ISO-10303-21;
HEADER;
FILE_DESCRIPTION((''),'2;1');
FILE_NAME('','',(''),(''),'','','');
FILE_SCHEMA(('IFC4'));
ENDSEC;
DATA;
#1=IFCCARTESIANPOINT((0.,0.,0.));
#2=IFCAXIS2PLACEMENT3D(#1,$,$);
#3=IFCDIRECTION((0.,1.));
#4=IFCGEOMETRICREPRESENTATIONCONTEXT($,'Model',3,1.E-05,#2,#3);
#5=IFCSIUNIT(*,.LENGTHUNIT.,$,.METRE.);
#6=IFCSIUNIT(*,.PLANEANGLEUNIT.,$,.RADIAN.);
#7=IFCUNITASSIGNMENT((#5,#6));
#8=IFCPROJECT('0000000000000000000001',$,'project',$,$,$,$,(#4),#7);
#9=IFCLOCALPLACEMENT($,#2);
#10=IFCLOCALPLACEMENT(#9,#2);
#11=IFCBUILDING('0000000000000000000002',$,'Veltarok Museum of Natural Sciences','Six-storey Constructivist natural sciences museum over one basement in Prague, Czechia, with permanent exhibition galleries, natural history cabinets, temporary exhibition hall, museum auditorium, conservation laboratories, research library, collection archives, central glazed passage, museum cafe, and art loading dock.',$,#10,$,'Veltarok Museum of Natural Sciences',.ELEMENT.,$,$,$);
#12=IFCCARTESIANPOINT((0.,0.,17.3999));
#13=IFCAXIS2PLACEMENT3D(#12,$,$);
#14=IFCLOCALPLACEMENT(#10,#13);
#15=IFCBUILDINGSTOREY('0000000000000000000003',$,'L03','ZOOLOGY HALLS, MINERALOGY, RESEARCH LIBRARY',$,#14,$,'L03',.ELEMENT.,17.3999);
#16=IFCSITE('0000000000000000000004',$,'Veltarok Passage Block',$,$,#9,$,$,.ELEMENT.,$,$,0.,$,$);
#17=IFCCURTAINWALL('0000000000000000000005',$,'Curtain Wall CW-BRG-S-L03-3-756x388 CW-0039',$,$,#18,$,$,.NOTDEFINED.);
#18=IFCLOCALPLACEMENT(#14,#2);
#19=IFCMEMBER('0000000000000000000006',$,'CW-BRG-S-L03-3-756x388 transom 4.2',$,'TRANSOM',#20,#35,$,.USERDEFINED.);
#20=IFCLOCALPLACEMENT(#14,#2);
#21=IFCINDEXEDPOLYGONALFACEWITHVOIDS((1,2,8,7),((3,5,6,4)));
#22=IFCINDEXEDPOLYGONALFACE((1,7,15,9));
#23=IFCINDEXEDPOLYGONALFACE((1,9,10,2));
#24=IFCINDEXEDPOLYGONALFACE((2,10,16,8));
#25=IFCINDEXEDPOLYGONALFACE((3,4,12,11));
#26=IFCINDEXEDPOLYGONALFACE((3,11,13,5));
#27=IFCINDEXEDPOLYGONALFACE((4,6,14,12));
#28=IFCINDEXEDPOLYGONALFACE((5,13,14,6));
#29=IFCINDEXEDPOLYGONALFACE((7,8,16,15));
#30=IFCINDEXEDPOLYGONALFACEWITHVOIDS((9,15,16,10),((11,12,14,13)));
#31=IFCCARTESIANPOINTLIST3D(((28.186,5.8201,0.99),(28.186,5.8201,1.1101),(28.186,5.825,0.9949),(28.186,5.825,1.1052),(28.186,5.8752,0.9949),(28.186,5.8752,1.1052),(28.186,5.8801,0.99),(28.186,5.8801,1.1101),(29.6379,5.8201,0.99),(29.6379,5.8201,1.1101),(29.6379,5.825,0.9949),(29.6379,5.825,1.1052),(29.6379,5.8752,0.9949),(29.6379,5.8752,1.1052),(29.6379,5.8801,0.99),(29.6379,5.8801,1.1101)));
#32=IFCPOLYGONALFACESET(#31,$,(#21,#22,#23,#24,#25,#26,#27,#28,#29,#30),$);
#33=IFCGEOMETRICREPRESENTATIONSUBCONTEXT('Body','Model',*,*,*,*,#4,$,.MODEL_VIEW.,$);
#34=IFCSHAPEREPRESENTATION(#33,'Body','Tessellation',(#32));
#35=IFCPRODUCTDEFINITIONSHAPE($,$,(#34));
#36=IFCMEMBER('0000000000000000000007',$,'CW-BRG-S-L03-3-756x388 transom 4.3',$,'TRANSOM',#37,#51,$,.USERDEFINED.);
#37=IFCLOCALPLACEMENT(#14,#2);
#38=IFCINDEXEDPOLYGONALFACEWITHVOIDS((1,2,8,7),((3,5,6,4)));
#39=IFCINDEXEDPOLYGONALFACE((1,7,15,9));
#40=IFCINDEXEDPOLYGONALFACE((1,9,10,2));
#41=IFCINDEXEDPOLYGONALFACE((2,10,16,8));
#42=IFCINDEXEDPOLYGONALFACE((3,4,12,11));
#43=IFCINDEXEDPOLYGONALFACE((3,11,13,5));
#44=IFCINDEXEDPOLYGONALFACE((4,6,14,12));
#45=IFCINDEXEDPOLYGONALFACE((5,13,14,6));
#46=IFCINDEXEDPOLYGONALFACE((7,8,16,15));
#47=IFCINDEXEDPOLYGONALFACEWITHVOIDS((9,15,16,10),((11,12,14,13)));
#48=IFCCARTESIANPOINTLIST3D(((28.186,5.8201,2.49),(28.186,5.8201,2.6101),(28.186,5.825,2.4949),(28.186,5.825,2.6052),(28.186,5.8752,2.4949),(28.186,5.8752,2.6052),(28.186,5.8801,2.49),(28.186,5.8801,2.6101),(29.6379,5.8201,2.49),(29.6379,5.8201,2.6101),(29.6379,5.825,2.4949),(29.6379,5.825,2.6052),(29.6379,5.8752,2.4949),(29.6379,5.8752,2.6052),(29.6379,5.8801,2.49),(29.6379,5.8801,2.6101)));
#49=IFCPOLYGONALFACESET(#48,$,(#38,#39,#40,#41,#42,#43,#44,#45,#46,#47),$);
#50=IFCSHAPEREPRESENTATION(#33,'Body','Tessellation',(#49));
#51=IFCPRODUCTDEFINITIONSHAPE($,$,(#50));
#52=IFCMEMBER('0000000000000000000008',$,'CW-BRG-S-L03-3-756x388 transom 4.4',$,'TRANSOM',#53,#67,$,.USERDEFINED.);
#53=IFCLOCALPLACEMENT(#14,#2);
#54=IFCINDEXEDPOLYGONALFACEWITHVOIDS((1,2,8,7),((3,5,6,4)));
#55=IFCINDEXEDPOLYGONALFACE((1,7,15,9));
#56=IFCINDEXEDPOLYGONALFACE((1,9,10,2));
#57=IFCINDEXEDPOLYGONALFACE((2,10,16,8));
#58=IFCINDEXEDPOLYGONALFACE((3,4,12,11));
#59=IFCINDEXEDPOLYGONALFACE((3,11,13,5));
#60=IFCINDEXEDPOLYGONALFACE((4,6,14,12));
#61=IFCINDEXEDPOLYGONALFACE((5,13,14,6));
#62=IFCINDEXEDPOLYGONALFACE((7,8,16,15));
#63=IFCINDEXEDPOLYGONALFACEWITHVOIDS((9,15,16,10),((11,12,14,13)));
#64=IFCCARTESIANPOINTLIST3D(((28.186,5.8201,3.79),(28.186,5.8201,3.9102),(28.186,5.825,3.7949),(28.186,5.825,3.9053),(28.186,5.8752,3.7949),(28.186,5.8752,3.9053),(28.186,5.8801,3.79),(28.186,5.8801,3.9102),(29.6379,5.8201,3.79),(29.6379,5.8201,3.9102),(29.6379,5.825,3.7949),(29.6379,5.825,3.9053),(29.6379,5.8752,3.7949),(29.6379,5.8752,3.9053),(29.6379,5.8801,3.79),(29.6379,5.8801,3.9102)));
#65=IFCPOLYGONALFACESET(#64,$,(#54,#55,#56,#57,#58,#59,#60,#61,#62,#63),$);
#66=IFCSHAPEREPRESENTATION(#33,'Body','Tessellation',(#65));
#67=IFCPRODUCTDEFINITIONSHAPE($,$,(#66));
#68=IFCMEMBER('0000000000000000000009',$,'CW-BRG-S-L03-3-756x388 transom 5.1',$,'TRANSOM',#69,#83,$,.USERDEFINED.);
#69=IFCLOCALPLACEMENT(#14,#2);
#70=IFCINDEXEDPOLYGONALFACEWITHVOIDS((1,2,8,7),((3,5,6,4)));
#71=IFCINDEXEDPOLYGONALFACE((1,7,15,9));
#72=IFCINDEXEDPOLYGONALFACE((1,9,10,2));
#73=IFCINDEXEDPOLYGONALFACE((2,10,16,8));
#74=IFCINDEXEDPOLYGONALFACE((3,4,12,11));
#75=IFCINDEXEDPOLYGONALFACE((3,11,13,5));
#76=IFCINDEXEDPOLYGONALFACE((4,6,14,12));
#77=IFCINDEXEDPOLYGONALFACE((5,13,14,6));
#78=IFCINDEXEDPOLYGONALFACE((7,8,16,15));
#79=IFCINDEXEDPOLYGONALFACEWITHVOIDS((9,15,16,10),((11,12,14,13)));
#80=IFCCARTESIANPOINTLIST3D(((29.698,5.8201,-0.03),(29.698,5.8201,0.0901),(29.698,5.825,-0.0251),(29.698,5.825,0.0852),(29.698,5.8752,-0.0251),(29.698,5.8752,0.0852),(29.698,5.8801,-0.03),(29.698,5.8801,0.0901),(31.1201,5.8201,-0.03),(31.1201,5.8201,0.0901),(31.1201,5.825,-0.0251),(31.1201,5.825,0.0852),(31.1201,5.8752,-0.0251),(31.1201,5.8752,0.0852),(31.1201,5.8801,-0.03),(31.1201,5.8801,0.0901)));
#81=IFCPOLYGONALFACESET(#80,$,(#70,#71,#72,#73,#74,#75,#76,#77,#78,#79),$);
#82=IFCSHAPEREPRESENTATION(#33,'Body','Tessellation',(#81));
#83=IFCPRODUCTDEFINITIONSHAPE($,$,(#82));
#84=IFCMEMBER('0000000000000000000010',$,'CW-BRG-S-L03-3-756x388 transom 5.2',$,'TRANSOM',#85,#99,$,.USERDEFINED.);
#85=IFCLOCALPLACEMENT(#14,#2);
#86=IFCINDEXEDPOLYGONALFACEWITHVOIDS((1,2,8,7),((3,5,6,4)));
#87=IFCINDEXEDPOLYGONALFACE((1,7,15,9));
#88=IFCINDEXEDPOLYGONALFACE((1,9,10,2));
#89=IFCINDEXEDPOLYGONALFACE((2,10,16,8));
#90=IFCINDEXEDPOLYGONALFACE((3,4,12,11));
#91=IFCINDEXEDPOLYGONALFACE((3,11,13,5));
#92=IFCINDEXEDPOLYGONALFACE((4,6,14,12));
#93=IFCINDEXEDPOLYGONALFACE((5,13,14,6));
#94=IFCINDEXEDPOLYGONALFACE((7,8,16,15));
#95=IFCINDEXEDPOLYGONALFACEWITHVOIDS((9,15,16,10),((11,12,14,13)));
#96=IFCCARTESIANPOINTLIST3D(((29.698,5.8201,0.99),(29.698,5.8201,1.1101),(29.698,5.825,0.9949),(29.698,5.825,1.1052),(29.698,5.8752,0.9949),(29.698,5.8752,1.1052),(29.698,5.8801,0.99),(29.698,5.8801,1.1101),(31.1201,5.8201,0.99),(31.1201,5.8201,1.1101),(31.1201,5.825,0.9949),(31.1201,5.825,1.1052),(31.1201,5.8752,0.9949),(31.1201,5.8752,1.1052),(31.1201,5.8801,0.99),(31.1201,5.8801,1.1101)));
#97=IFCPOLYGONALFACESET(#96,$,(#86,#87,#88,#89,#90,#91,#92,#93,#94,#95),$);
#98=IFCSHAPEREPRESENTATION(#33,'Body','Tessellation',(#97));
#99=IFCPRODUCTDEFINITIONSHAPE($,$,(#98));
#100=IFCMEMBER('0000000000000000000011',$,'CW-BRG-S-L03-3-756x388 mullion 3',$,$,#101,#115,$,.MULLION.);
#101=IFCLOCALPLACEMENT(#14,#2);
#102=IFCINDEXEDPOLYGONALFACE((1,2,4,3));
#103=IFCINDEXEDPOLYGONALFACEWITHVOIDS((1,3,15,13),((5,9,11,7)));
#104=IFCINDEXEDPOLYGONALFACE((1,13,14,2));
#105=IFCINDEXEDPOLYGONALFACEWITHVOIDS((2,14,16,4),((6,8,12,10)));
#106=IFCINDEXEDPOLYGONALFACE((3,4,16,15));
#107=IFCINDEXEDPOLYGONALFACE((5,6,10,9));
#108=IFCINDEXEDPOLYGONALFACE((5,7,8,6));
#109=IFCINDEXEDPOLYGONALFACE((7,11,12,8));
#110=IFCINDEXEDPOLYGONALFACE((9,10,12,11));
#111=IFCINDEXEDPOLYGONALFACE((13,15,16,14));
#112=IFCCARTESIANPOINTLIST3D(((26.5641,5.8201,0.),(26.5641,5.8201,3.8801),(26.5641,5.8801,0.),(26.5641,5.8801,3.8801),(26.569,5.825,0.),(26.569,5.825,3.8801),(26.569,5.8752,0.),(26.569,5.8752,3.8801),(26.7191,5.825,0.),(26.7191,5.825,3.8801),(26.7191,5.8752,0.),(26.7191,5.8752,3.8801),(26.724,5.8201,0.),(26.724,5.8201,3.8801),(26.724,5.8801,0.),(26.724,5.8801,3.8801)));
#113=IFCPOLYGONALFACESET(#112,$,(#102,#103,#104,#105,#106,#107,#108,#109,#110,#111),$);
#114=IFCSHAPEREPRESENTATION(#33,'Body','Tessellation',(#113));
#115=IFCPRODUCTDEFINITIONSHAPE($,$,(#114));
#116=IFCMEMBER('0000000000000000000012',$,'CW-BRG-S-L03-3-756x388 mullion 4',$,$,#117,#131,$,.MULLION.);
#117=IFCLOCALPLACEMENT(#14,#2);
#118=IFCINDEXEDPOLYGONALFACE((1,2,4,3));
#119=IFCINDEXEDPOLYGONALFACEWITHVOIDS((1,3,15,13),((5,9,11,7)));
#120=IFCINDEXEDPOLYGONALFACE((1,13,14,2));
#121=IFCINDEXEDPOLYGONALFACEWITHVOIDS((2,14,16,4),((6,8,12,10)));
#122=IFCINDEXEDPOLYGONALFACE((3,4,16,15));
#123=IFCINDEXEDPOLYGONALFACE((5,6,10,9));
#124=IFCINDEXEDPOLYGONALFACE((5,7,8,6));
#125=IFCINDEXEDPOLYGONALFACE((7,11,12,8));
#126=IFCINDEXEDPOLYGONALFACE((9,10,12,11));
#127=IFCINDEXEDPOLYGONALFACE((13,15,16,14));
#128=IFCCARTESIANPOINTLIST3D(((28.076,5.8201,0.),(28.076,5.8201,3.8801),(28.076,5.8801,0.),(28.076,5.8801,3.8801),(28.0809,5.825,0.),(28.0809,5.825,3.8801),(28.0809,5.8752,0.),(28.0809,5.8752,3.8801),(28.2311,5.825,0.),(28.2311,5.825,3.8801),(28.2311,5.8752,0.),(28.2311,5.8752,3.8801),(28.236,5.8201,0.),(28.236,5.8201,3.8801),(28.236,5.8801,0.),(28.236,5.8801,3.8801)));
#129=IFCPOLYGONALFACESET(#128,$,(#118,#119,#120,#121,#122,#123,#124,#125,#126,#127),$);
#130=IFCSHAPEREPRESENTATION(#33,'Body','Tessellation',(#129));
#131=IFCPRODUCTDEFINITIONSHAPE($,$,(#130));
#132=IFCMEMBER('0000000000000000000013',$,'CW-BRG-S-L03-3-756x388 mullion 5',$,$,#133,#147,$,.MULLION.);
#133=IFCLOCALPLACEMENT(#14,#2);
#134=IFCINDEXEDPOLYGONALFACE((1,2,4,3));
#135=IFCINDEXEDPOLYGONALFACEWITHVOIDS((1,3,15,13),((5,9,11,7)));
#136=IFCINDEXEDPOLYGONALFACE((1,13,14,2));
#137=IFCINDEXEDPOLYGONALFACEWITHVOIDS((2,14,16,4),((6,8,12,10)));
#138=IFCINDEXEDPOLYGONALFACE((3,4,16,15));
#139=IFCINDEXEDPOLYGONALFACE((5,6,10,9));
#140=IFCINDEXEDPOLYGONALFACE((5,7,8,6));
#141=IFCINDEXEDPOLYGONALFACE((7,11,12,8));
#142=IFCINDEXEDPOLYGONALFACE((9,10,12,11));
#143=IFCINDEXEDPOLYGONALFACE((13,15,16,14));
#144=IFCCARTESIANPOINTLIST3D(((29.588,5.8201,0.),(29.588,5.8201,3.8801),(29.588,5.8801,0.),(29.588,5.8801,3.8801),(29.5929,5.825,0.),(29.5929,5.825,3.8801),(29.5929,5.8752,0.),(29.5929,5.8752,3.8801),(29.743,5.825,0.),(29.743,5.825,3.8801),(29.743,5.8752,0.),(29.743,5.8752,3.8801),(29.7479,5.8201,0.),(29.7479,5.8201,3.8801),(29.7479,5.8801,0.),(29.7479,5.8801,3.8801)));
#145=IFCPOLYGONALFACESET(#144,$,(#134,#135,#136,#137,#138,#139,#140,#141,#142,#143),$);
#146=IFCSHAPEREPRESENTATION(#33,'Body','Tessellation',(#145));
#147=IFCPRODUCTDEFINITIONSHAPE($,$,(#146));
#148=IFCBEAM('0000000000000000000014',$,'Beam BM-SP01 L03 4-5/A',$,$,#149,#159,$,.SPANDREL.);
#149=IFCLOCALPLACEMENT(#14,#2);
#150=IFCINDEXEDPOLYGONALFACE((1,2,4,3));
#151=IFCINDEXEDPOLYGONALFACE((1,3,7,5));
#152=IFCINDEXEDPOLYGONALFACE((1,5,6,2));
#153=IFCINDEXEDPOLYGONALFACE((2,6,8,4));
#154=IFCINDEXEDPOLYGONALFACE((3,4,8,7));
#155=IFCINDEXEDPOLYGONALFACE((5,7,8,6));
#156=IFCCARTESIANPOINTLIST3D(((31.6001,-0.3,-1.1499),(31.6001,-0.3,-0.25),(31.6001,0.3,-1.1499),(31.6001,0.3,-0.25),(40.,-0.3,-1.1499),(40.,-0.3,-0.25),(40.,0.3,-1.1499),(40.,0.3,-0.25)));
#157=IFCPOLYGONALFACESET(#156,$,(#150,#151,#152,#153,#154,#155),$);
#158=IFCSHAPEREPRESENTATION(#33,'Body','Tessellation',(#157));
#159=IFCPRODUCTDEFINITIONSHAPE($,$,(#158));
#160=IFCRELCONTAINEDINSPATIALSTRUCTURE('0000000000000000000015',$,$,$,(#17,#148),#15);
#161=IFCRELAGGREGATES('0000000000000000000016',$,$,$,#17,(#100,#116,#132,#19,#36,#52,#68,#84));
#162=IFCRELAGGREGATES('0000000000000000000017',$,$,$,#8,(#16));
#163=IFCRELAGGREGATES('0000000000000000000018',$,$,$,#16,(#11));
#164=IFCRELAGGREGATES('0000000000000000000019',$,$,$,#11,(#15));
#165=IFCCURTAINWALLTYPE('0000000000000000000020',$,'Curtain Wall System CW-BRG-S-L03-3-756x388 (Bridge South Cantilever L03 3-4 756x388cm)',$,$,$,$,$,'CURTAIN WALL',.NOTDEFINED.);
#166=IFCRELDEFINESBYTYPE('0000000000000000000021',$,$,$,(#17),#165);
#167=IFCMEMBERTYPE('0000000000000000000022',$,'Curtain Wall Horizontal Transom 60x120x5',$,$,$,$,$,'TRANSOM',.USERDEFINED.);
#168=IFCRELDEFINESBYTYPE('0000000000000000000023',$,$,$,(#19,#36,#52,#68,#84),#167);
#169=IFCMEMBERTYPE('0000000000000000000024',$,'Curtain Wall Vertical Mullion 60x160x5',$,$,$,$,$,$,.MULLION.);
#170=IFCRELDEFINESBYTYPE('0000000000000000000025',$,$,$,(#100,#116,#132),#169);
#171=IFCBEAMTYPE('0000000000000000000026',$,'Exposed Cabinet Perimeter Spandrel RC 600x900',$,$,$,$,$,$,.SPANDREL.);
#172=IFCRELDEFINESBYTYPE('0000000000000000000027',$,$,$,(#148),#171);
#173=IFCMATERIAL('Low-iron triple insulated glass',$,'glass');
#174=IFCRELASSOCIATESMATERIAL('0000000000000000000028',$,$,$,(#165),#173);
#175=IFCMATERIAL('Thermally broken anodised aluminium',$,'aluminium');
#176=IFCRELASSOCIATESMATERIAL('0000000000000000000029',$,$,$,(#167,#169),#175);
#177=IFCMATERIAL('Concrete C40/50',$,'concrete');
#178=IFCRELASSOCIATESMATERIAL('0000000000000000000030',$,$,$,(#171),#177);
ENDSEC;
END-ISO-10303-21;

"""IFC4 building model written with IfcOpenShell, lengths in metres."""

from ifc_helpers import new_model, si_unit, direction, frame, origin, origin_2d, place, context, subcontext, project, spatial, rectangle, hollow_rectangle, extrude, material, material_profile, profile_set, type_object, element, aggregate, save


model = new_model("IFC4")

# Units and contexts
model_context = context("Model", 3, precision=1e-05, world=origin(), true_north=direction((0.0, 1.0)))
body_context = subcontext(model_context, "Body", "Model", "MODEL_VIEW")
ifc_project = project(units=[si_unit("LENGTHUNIT", "METRE"), si_unit("PLANEANGLEUNIT", "RADIAN")], contexts=[model_context])

# Site, building, storey
site_placement = place(None, origin())
site = spatial("IfcSite", under=ifc_project, at=site_placement, Name="Veltarok Passage Block", CompositionType="ELEMENT", RefElevation=0.0)
building_placement = place(site_placement, origin())
building = spatial("IfcBuilding", under=site, at=building_placement, Name="Veltarok Museum of Natural Sciences", Description="Six-storey Constructivist natural sciences museum over one basement in Prague, Czechia, with permanent exhibition galleries, natural history cabinets, temporary exhibition hall, museum auditorium, conservation laboratories, research library, collection archives, central glazed passage, museum cafe, and art loading dock.", LongName="Veltarok Museum of Natural Sciences", CompositionType="ELEMENT")
storey_placement = place(building_placement, frame((0.0, 0.0, 17.3999)))
storey = spatial("IfcBuildingStorey", under=building, at=storey_placement, Name="L03", Description="ZOOLOGY HALLS, MINERALOGY, RESEARCH LIBRARY", LongName="L03", CompositionType="ELEMENT", Elevation=17.3999)

# Shared definitions
ifc_material_1 = material(Name="Concrete C40/50", Category="concrete")

# Curtain wall, members
ifc_material_2 = material(Name="Low-iron triple insulated glass", Category="glass")
curtain_wall_type = type_object("IfcCurtainWallType", Name="Curtain Wall System CW-BRG-S-L03-3-756x388 (Bridge South Cantilever L03 3-4 756x388cm)", ElementType="CURTAIN WALL", PredefinedType="NOTDEFINED", material=ifc_material_2)
curtain_wall_placement = place(storey_placement, origin())
curtain_wall = element("IfcCurtainWall", 1, at=curtain_wall_placement, inside=storey, type_object=curtain_wall_type, Name="Curtain Wall CW-BRG-S-L03-3-756x388 CW-0039", PredefinedType="NOTDEFINED")
ifc_material_3 = material(Name="Thermally broken anodised aluminium", Category="aluminium")
ifc_material_profile_1 = material_profile(ifc_material_3, hollow_rectangle(XDim=0.0601, YDim=0.1201, WallThickness=0.0049, at=origin_2d()), Name="CW TRANSOM 60x120x5")
ifc_profile_set_1 = profile_set([ifc_material_profile_1], Name="Thermally broken anodised aluminium")
member_type_1 = type_object("IfcMemberType", Name="Curtain Wall Horizontal Transom 60x120x5", ElementType="TRANSOM", PredefinedType="USERDEFINED", material=ifc_profile_set_1)
member_1_placement = place(storey_placement, frame((28.186, 5.8501, 1.05), z_axis=(1.0, 0.0, 0.0), x_axis=(0.0, 1.0, 0.0)))
member_1 = element("IfcMember", 2, at=member_1_placement, type_object=member_type_1, Name="CW-BRG-S-L03-3-756x388 transom 4.2", ObjectType="TRANSOM", PredefinedType="USERDEFINED", context=body_context, shape_type="SweptSolid", body=[
    extrude(hollow_rectangle(XDim=0.0601, YDim=0.1201, WallThickness=0.0049, at=origin_2d()), origin(), (0.0, 0.0, 1.0), 1.4519),
])
member_2_placement = place(storey_placement, frame((28.186, 5.8501, 2.55), z_axis=(1.0, 0.0, 0.0), x_axis=(0.0, 1.0, 0.0)))
member_2 = element("IfcMember", 3, at=member_2_placement, type_object=member_type_1, Name="CW-BRG-S-L03-3-756x388 transom 4.3", ObjectType="TRANSOM", PredefinedType="USERDEFINED", context=body_context, shape_type="SweptSolid", body=[
    extrude(hollow_rectangle(XDim=0.0601, YDim=0.1201, WallThickness=0.0049, at=origin_2d()), origin(), (0.0, 0.0, 1.0), 1.4519),
])
member_3_placement = place(storey_placement, frame((28.186, 5.8501, 3.8501), z_axis=(1.0, 0.0, 0.0), x_axis=(0.0, 1.0, 0.0)))
member_3 = element("IfcMember", 4, at=member_3_placement, type_object=member_type_1, Name="CW-BRG-S-L03-3-756x388 transom 4.4", ObjectType="TRANSOM", PredefinedType="USERDEFINED", context=body_context, shape_type="SweptSolid", body=[
    extrude(hollow_rectangle(XDim=0.0601, YDim=0.1201, WallThickness=0.0049, at=origin_2d()), origin(), (0.0, 0.0, 1.0), 1.4519),
])
member_4_placement = place(storey_placement, frame((29.698, 5.8501, 0.03), z_axis=(1.0, 0.0, 0.0), x_axis=(0.0, 1.0, 0.0)))
member_4 = element("IfcMember", 5, at=member_4_placement, type_object=member_type_1, Name="CW-BRG-S-L03-3-756x388 transom 5.1", ObjectType="TRANSOM", PredefinedType="USERDEFINED", context=body_context, shape_type="SweptSolid", body=[
    extrude(hollow_rectangle(XDim=0.0601, YDim=0.1201, WallThickness=0.0049, at=origin_2d()), origin(), (0.0, 0.0, 1.0), 1.4221),
])
member_5_placement = place(storey_placement, frame((29.698, 5.8501, 1.05), z_axis=(1.0, 0.0, 0.0), x_axis=(0.0, 1.0, 0.0)))
member_5 = element("IfcMember", 6, at=member_5_placement, type_object=member_type_1, Name="CW-BRG-S-L03-3-756x388 transom 5.2", ObjectType="TRANSOM", PredefinedType="USERDEFINED", context=body_context, shape_type="SweptSolid", body=[
    extrude(hollow_rectangle(XDim=0.0601, YDim=0.1201, WallThickness=0.0049, at=origin_2d()), origin(), (0.0, 0.0, 1.0), 1.4221),
])
ifc_material_profile_2 = material_profile(ifc_material_3, hollow_rectangle(XDim=0.0601, YDim=0.1599, WallThickness=0.0049, at=origin_2d()), Name="CW MULLION 60x160x5")
ifc_profile_set_2 = profile_set([ifc_material_profile_2], Name="Thermally broken anodised aluminium")
member_type_2 = type_object("IfcMemberType", Name="Curtain Wall Vertical Mullion 60x160x5", PredefinedType="MULLION", material=ifc_profile_set_2)
member_6_placement = place(storey_placement, frame((26.644, 5.8501, 0.0), z_axis=(0.0, 0.0, 1.0), x_axis=(0.0, 1.0, 0.0)))
member_6 = element("IfcMember", 7, at=member_6_placement, type_object=member_type_2, Name="CW-BRG-S-L03-3-756x388 mullion 3", PredefinedType="MULLION", context=body_context, shape_type="SweptSolid", body=[
    extrude(hollow_rectangle(XDim=0.0601, YDim=0.1599, WallThickness=0.0049, at=origin_2d()), origin(), (0.0, 0.0, 1.0), 3.8801),
])
member_7_placement = place(storey_placement, frame((28.156, 5.8501, 0.0), z_axis=(0.0, 0.0, 1.0), x_axis=(0.0, 1.0, 0.0)))
member_7 = element("IfcMember", 8, at=member_7_placement, type_object=member_type_2, Name="CW-BRG-S-L03-3-756x388 mullion 4", PredefinedType="MULLION", context=body_context, shape_type="SweptSolid", body=[
    extrude(hollow_rectangle(XDim=0.0601, YDim=0.1599, WallThickness=0.0049, at=origin_2d()), origin(), (0.0, 0.0, 1.0), 3.8801),
])
member_8_placement = place(storey_placement, frame((29.668, 5.8501, 0.0), z_axis=(0.0, 0.0, 1.0), x_axis=(0.0, 1.0, 0.0)))
member_8 = element("IfcMember", 9, at=member_8_placement, type_object=member_type_2, Name="CW-BRG-S-L03-3-756x388 mullion 5", PredefinedType="MULLION", context=body_context, shape_type="SweptSolid", body=[
    extrude(hollow_rectangle(XDim=0.0601, YDim=0.1599, WallThickness=0.0049, at=origin_2d()), origin(), (0.0, 0.0, 1.0), 3.8801),
])

# Beam
ifc_material_profile_3 = material_profile(ifc_material_1, rectangle(XDim=0.6001, YDim=0.8999, at=origin_2d()), Name="RC 600x900")
ifc_profile_set_3 = profile_set([ifc_material_profile_3], Name="Concrete C40/50")
beam_type_1 = type_object("IfcBeamType", Name="Exposed Cabinet Perimeter Spandrel RC 600x900", PredefinedType="SPANDREL", material=ifc_profile_set_3)
beam_1_placement = place(storey_placement, frame((31.6001, 0.0, -0.7), z_axis=(1.0, 0.0, 0.0), x_axis=(0.0, 1.0, 0.0)))
element("IfcBeam", 10, at=beam_1_placement, inside=storey, type_object=beam_type_1, Name="Beam BM-SP01 L03 4-5/A", PredefinedType="SPANDREL", context=body_context, shape_type="SweptSolid", body=[
    extrude(rectangle(XDim=0.6001, YDim=0.8999, at=origin_2d()), origin(), (0.0, 0.0, 1.0), 8.3999),
])

aggregate(curtain_wall, [member_6, member_7, member_8, member_1, member_2, member_3, member_4, member_5])

save(model, "model.ifc")
